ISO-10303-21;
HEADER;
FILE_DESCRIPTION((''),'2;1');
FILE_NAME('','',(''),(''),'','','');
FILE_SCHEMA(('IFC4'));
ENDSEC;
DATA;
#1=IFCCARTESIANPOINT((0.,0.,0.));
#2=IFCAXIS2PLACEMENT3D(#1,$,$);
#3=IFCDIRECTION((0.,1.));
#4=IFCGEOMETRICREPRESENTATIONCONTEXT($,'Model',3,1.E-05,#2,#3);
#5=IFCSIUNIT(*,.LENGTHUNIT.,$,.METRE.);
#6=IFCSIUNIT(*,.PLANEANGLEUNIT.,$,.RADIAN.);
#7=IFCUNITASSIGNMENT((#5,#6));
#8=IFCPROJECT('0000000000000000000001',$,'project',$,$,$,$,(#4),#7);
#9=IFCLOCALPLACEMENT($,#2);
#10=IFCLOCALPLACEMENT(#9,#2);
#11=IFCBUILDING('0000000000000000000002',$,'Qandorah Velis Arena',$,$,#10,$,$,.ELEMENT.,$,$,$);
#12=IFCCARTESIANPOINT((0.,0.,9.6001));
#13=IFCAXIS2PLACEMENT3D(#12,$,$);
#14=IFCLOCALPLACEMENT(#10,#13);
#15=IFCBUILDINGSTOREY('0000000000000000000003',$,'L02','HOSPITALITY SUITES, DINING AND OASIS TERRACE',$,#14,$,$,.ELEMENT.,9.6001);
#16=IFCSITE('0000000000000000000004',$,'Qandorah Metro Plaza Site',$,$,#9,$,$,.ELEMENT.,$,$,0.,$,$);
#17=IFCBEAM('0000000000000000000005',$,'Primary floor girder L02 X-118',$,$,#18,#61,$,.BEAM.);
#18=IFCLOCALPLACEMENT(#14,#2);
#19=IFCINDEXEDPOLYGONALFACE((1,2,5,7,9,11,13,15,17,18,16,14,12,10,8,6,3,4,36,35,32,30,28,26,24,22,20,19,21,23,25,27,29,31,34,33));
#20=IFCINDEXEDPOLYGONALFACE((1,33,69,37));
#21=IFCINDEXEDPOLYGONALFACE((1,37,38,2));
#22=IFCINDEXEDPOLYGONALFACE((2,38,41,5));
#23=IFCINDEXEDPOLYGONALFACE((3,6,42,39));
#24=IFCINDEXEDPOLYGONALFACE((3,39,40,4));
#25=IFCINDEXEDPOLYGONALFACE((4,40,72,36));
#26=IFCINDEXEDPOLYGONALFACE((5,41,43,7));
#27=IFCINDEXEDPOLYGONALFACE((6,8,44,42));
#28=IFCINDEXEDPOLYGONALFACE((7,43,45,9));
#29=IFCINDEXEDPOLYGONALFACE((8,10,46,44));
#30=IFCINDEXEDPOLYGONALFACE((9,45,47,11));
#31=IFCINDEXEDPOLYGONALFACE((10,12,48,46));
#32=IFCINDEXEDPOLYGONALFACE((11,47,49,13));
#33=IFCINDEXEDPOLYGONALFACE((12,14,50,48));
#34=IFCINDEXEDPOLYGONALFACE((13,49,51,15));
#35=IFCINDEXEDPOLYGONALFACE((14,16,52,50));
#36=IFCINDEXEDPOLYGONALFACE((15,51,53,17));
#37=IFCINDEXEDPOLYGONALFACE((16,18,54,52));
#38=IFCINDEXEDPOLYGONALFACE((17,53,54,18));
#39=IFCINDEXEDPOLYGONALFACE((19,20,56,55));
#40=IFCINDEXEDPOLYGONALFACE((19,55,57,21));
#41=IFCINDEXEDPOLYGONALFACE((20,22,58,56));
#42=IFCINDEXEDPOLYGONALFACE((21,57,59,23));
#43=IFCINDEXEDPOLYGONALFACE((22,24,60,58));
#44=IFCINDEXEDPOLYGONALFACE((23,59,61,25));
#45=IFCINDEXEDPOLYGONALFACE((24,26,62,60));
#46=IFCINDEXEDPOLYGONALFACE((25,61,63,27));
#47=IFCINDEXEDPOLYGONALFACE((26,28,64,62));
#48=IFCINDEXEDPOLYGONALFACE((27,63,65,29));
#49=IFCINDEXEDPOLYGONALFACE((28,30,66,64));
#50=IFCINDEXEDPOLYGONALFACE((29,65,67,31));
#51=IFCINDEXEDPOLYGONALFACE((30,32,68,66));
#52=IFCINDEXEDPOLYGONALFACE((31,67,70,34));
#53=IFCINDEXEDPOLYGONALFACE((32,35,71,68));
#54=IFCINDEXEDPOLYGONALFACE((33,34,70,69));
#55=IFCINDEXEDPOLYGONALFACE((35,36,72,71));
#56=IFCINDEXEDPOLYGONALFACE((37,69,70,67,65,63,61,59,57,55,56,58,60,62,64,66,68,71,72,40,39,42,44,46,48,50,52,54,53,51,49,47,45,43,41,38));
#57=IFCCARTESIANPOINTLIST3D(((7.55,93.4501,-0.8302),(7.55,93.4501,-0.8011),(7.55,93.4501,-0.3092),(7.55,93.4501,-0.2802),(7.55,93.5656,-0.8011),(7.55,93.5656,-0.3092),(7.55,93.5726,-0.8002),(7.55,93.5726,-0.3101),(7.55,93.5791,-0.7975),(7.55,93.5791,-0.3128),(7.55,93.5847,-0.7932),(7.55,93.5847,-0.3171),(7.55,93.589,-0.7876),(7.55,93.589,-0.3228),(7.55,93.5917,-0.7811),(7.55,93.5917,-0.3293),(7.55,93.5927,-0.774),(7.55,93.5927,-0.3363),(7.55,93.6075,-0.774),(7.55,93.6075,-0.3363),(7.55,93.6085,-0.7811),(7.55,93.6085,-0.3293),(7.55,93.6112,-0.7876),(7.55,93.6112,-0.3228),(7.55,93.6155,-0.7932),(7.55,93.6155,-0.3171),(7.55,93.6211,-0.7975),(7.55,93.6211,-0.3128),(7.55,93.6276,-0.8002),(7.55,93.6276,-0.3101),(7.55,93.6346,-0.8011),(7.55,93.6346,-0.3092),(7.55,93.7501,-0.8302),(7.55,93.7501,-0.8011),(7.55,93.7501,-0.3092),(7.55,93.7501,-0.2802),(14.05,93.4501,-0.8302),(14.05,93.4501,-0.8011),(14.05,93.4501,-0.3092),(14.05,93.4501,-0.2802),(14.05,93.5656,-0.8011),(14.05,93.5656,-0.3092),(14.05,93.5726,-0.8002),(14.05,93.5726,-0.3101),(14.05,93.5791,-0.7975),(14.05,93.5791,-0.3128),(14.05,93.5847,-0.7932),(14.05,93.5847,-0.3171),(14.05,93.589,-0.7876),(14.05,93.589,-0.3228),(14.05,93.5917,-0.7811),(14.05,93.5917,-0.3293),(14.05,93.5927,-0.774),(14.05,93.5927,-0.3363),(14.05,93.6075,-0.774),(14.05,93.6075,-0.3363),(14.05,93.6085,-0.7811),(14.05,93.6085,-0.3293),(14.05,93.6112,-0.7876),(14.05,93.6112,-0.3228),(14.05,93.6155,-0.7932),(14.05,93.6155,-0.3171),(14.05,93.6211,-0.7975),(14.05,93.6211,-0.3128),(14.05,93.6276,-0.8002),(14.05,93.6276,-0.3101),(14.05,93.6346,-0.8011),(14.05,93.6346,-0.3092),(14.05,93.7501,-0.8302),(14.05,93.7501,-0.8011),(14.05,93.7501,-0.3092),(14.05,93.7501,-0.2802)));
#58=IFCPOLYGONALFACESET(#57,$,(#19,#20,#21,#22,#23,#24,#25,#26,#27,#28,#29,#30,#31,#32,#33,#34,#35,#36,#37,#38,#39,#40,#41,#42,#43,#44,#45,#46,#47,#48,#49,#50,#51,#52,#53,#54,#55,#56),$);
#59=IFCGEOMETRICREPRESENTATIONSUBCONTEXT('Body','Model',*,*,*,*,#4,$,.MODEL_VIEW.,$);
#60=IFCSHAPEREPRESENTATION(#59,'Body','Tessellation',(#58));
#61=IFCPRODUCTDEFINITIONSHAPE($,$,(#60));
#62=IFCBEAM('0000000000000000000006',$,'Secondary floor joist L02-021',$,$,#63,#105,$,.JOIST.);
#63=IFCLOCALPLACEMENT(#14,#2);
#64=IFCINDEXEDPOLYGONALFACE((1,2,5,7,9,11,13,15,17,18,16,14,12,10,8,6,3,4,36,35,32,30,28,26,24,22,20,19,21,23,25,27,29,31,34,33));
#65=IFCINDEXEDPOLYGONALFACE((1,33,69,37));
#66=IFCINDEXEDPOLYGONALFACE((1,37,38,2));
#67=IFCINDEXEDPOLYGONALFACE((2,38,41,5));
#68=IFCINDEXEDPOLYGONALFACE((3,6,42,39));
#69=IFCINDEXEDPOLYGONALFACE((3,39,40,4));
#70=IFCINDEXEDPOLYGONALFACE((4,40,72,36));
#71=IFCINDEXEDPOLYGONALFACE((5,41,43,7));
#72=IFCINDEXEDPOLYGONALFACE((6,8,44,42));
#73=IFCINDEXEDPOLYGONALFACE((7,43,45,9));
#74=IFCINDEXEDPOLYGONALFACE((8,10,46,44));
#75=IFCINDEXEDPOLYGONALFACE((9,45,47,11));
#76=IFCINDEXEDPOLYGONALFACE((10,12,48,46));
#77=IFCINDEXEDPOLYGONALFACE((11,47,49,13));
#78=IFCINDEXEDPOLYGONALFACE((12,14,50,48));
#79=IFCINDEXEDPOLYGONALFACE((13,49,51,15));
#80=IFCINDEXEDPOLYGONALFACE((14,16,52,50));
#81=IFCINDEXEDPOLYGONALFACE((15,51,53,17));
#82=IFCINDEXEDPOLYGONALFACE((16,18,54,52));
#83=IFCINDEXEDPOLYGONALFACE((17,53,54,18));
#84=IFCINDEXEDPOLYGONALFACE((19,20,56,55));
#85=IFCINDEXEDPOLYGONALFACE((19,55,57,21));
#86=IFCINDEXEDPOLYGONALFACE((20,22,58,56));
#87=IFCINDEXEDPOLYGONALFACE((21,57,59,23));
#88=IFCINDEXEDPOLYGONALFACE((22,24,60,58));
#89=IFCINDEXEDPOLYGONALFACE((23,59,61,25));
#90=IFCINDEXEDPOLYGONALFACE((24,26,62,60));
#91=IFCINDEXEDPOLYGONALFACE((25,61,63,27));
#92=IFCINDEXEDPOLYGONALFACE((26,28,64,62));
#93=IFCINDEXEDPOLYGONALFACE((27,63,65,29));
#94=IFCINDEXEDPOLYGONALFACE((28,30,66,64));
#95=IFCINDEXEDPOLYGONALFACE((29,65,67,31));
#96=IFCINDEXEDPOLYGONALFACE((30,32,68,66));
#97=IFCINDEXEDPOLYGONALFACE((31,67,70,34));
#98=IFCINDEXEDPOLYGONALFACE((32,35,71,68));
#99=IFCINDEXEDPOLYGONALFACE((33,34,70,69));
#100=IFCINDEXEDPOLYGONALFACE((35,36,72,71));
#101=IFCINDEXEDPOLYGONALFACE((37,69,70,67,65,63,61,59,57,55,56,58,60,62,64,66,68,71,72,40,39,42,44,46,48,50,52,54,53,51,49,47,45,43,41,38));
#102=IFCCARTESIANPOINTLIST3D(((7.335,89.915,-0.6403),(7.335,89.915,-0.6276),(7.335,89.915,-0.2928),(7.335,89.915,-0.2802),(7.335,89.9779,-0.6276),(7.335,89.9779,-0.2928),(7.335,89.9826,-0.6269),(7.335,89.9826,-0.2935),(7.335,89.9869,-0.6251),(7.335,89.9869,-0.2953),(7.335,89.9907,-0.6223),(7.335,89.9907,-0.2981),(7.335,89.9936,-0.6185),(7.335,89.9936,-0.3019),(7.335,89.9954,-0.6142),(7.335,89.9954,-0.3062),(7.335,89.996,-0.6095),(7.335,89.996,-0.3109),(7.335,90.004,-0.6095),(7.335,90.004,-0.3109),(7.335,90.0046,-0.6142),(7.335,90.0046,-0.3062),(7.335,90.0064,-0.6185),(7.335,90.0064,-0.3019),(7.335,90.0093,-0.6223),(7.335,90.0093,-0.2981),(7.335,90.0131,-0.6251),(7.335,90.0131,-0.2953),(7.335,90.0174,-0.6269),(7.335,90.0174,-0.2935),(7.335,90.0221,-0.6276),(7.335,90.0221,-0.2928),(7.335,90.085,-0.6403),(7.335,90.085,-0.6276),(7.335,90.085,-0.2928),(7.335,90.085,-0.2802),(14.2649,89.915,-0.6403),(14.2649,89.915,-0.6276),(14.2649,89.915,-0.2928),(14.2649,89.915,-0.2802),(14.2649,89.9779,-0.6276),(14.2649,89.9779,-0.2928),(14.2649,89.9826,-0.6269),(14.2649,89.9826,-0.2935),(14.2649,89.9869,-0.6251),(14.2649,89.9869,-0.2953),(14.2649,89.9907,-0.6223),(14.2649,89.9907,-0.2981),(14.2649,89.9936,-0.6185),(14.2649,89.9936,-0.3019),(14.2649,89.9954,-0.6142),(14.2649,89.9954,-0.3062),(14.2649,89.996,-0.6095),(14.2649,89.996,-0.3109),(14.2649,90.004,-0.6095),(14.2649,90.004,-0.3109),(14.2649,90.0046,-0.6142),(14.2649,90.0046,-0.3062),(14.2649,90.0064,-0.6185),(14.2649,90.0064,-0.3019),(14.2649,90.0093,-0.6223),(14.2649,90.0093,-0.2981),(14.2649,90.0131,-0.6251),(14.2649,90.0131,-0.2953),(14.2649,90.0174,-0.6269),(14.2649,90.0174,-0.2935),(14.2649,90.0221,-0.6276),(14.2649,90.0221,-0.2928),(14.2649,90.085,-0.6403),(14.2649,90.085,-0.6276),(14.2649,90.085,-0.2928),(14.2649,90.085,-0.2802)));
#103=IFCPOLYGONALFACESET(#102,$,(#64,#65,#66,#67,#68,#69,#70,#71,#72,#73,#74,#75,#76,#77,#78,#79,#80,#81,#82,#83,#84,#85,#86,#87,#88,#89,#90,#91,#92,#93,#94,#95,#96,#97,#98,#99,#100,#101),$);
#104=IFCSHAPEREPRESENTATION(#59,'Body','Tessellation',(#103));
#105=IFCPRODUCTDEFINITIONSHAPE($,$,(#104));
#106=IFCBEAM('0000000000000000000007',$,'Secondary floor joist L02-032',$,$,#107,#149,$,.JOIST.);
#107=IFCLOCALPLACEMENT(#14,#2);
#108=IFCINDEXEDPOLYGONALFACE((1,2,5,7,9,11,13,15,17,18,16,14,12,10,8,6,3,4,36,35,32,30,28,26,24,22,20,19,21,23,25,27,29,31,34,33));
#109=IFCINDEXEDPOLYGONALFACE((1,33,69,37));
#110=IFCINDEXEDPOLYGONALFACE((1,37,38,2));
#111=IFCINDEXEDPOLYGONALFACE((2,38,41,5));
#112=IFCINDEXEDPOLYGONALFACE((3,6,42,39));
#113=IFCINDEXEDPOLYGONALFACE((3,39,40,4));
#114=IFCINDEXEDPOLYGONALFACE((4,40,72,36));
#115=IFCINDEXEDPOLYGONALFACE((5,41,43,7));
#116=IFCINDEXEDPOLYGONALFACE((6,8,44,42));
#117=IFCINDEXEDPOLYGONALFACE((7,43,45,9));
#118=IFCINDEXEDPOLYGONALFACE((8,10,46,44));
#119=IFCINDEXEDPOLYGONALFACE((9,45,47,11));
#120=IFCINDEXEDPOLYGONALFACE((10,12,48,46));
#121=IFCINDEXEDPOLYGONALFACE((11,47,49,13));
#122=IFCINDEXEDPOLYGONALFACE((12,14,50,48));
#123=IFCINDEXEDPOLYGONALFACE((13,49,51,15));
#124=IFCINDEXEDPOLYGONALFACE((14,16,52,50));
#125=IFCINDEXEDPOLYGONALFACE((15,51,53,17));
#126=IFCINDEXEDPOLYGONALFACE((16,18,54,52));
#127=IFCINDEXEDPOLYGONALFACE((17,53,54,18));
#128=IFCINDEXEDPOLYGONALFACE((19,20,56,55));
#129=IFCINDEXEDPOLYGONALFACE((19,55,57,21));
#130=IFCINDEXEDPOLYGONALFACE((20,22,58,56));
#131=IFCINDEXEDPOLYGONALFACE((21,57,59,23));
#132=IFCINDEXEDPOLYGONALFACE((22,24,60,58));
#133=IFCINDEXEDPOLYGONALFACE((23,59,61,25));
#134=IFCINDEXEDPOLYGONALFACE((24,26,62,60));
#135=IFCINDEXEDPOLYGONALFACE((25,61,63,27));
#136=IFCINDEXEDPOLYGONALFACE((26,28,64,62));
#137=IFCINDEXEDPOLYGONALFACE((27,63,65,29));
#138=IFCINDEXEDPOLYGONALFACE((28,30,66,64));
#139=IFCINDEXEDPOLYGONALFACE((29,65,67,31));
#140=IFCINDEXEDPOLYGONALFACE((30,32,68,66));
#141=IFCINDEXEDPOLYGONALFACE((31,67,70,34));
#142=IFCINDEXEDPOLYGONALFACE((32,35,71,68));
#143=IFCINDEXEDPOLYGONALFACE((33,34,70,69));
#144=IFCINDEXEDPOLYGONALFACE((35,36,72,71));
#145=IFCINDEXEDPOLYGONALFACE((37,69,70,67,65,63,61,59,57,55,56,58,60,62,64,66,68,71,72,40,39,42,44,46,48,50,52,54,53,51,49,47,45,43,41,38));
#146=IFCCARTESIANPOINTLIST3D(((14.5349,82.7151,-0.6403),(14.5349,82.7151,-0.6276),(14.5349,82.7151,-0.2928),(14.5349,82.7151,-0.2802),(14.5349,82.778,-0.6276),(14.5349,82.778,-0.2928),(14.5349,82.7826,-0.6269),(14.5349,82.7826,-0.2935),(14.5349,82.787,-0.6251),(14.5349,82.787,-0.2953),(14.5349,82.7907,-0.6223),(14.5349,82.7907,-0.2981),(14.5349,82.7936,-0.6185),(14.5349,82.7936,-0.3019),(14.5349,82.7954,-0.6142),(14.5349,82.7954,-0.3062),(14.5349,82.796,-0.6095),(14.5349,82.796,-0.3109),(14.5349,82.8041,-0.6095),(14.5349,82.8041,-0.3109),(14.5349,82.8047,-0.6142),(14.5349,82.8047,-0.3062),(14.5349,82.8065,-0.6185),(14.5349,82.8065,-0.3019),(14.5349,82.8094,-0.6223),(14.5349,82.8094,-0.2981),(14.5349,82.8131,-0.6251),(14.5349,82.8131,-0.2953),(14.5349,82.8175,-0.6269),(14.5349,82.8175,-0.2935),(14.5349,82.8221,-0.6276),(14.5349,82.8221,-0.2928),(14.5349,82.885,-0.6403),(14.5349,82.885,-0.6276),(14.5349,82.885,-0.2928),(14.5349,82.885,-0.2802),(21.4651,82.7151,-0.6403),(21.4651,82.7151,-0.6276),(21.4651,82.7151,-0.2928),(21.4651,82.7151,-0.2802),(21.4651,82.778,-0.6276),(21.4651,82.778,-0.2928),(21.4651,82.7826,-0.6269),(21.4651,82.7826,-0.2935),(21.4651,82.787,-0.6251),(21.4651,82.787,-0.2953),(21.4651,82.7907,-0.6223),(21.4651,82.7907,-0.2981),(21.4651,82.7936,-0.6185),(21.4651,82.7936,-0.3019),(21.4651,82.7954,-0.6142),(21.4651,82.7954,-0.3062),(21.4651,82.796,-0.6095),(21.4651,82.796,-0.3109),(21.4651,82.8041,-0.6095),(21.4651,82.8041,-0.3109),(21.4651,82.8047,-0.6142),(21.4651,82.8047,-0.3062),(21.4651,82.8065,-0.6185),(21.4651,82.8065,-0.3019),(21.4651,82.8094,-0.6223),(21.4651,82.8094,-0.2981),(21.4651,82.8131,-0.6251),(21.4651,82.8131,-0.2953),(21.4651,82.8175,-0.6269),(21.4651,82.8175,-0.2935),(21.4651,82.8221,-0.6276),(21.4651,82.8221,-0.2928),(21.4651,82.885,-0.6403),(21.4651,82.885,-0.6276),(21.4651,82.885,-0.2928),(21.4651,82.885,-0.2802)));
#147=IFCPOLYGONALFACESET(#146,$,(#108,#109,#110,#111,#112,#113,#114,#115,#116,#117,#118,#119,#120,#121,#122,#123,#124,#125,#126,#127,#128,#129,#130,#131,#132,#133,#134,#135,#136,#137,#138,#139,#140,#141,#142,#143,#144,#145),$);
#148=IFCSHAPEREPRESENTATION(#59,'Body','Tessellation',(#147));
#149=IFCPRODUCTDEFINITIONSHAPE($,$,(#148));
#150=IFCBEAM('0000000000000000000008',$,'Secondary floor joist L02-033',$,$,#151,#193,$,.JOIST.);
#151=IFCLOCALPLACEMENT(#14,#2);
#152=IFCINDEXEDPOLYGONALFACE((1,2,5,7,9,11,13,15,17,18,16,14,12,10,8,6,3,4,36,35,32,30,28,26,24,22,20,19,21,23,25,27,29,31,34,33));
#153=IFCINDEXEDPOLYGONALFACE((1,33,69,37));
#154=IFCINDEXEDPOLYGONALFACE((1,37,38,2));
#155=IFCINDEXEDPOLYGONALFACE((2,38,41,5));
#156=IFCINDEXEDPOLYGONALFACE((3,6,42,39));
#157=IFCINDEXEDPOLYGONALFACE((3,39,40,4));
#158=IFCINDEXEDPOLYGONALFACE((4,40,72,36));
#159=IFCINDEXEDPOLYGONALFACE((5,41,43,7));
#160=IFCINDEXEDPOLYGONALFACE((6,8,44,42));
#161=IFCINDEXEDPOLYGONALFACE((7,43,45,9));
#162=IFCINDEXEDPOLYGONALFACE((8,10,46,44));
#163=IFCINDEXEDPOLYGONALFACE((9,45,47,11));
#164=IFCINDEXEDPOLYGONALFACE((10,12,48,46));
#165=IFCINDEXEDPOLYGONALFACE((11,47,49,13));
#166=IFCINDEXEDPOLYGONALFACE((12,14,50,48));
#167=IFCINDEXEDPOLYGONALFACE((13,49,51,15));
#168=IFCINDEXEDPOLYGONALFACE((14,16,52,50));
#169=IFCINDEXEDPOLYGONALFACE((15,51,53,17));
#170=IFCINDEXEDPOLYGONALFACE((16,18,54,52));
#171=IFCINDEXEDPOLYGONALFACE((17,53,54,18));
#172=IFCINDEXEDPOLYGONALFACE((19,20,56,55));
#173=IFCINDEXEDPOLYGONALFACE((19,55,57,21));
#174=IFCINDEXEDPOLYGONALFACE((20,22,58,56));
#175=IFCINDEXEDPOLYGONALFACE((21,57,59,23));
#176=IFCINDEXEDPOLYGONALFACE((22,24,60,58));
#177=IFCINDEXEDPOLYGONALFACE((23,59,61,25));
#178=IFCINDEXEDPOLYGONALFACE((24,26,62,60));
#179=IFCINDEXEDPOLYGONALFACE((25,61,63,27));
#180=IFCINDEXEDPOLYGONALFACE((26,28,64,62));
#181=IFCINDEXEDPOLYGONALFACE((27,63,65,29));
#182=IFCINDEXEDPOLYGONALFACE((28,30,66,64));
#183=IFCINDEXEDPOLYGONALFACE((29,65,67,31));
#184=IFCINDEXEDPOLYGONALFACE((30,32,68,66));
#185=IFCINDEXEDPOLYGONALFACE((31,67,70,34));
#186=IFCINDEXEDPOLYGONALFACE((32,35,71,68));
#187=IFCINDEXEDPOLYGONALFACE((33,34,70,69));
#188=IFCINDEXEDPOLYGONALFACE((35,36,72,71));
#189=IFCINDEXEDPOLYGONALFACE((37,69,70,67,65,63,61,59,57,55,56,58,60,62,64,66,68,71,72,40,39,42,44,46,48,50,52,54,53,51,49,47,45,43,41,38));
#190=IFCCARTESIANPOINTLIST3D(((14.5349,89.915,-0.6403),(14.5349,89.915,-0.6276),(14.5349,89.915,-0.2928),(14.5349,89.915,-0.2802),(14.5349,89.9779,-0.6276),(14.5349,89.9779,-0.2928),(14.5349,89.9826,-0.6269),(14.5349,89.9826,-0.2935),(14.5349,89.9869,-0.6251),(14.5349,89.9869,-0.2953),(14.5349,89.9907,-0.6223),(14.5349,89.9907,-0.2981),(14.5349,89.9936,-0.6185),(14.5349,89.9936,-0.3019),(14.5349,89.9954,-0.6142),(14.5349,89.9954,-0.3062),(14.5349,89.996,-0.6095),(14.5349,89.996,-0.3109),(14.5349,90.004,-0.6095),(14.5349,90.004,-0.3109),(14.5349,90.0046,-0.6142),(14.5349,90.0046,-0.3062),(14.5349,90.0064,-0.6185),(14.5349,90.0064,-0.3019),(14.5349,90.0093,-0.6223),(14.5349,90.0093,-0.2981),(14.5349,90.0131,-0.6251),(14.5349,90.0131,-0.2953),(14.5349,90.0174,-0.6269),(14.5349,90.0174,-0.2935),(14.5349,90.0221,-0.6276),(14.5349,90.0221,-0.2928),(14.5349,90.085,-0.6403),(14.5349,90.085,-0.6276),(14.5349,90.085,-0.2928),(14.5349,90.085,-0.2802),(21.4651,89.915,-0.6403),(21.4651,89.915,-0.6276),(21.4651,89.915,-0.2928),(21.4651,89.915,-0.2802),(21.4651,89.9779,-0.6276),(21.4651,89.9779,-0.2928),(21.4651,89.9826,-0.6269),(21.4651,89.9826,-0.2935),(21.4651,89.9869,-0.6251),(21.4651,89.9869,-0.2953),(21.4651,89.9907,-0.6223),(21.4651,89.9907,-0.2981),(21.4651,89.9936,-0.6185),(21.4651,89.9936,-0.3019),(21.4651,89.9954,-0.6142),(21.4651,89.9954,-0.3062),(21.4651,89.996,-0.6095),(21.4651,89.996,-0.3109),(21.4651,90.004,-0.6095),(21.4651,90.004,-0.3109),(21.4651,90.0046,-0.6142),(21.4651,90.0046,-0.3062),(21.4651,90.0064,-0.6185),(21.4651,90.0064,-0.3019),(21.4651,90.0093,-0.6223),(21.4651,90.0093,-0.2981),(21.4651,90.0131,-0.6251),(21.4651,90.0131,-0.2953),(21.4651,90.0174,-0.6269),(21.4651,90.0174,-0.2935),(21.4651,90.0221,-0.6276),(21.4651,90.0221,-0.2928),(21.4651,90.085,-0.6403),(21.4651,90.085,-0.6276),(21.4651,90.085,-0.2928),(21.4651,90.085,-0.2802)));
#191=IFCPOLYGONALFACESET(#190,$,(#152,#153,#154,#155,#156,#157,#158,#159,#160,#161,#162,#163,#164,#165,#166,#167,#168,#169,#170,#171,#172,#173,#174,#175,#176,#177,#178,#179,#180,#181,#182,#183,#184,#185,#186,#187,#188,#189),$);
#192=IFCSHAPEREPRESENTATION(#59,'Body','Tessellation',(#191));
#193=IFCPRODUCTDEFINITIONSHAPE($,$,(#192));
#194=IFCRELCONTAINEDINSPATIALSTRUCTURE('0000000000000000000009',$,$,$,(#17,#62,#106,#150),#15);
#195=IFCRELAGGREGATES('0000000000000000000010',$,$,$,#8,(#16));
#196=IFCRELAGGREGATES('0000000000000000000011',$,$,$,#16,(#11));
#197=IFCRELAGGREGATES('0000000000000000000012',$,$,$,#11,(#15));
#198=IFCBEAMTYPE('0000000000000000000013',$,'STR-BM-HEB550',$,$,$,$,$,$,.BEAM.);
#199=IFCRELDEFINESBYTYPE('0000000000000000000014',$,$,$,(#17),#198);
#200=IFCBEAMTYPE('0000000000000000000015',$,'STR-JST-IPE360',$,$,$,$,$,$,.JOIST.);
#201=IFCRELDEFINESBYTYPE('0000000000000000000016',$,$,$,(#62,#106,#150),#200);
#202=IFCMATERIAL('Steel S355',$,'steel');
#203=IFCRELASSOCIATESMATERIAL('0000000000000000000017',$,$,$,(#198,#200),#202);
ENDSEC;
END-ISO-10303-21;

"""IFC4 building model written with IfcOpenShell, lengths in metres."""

from ifc_helpers import new_model, si_unit, direction, frame, origin, origin_2d, place, context, subcontext, project, spatial, i_section, extrude, material, material_profile, profile_set, type_object, element, save


model = new_model("IFC4")

# Units and contexts
model_context = context("Model", 3, precision=1e-05, world=origin(), true_north=direction((0.0, 1.0)))
body_context = subcontext(model_context, "Body", "Model", "MODEL_VIEW")
ifc_project = project(units=[si_unit("LENGTHUNIT", "METRE"), si_unit("PLANEANGLEUNIT", "RADIAN")], contexts=[model_context])

# Site, building, storey
site_placement = place(None, origin())
site = spatial("IfcSite", under=ifc_project, at=site_placement, Name="Qandorah Metro Plaza Site", CompositionType="ELEMENT", RefElevation=0.0)
building_placement = place(site_placement, origin())
building = spatial("IfcBuilding", under=site, at=building_placement, Name="Qandorah Velis Arena", CompositionType="ELEMENT")
storey_placement = place(building_placement, frame((0.0, 0.0, 9.6001)))
storey = spatial("IfcBuildingStorey", under=building, at=storey_placement, Name="L02", Description="HOSPITALITY SUITES, DINING AND OASIS TERRACE", CompositionType="ELEMENT", Elevation=9.6001)

# Shared definitions
ifc_material_1 = material(Name="Steel S355", Category="steel")

# Beams
ifc_material_profile_1 = material_profile(ifc_material_1, i_section(OverallWidth=0.3, OverallDepth=0.55, WebThickness=0.0149, FlangeThickness=0.0291, FilletRadius=0.0271, at=origin_2d()), Name="HEB 550")
ifc_profile_set_1 = profile_set([ifc_material_profile_1], Name="Steel S355")
beam_type_1 = type_object("IfcBeamType", Name="STR-BM-HEB550", PredefinedType="BEAM", material=ifc_profile_set_1)
for number, where, z_axis, x_axis, name in (
    (1, (7.55, 93.6001, -0.5552), (1.0, 0.0, 0.0), (0.0, 1.0, 0.0), "Primary floor girder L02 X-118"),
):
    element("IfcBeam", number, at=place(storey_placement, frame(where, z_axis=z_axis, x_axis=x_axis)), inside=storey, type_object=beam_type_1, Name=name, PredefinedType="BEAM", context=body_context, shape_type="SweptSolid", body=[
        extrude(i_section(OverallWidth=0.3, OverallDepth=0.55, WebThickness=0.0149, FlangeThickness=0.0291, FilletRadius=0.0271, at=origin_2d()), origin(), (0.0, 0.0, 1.0), 6.5),
    ])
ifc_material_profile_2 = material_profile(ifc_material_1, i_section(OverallWidth=0.1699, OverallDepth=0.3601, WebThickness=0.0081, FlangeThickness=0.0127, FilletRadius=0.0181, at=origin_2d()), Name="IPE 360")
ifc_profile_set_2 = profile_set([ifc_material_profile_2], Name="Steel S355")
beam_type_2 = type_object("IfcBeamType", Name="STR-JST-IPE360", PredefinedType="JOIST", material=ifc_profile_set_2)
beam_1_placement = place(storey_placement, frame((7.335, 90.0, -0.4602), z_axis=(1.0, 0.0, 0.0), x_axis=(0.0, 1.0, 0.0)))
element("IfcBeam", 2, at=beam_1_placement, inside=storey, type_object=beam_type_2, Name="Secondary floor joist L02-021", PredefinedType="JOIST", context=body_context, shape_type="SweptSolid", body=[
    extrude(i_section(OverallWidth=0.1699, OverallDepth=0.3601, WebThickness=0.0081, FlangeThickness=0.0127, FilletRadius=0.0181, at=origin_2d()), origin(), (0.0, 0.0, 1.0), 6.9299),
])
for number, where, z_axis, x_axis, name in (
    (3, (14.5349, 82.8, -0.4602), (1.0, 0.0, 0.0), (0.0, 1.0, 0.0), "Secondary floor joist L02-032"),
    (4, (14.5349, 90.0, -0.4602), (1.0, 0.0, 0.0), (0.0, 1.0, 0.0), "Secondary floor joist L02-033"),
):
    element("IfcBeam", number, at=place(storey_placement, frame(where, z_axis=z_axis, x_axis=x_axis)), inside=storey, type_object=beam_type_2, Name=name, PredefinedType="JOIST", context=body_context, shape_type="SweptSolid", body=[
        extrude(i_section(OverallWidth=0.1699, OverallDepth=0.3601, WebThickness=0.0081, FlangeThickness=0.0127, FilletRadius=0.0181, at=origin_2d()), origin(), (0.0, 0.0, 1.0), 6.9302),
    ])

save(model, "model.ifc")
